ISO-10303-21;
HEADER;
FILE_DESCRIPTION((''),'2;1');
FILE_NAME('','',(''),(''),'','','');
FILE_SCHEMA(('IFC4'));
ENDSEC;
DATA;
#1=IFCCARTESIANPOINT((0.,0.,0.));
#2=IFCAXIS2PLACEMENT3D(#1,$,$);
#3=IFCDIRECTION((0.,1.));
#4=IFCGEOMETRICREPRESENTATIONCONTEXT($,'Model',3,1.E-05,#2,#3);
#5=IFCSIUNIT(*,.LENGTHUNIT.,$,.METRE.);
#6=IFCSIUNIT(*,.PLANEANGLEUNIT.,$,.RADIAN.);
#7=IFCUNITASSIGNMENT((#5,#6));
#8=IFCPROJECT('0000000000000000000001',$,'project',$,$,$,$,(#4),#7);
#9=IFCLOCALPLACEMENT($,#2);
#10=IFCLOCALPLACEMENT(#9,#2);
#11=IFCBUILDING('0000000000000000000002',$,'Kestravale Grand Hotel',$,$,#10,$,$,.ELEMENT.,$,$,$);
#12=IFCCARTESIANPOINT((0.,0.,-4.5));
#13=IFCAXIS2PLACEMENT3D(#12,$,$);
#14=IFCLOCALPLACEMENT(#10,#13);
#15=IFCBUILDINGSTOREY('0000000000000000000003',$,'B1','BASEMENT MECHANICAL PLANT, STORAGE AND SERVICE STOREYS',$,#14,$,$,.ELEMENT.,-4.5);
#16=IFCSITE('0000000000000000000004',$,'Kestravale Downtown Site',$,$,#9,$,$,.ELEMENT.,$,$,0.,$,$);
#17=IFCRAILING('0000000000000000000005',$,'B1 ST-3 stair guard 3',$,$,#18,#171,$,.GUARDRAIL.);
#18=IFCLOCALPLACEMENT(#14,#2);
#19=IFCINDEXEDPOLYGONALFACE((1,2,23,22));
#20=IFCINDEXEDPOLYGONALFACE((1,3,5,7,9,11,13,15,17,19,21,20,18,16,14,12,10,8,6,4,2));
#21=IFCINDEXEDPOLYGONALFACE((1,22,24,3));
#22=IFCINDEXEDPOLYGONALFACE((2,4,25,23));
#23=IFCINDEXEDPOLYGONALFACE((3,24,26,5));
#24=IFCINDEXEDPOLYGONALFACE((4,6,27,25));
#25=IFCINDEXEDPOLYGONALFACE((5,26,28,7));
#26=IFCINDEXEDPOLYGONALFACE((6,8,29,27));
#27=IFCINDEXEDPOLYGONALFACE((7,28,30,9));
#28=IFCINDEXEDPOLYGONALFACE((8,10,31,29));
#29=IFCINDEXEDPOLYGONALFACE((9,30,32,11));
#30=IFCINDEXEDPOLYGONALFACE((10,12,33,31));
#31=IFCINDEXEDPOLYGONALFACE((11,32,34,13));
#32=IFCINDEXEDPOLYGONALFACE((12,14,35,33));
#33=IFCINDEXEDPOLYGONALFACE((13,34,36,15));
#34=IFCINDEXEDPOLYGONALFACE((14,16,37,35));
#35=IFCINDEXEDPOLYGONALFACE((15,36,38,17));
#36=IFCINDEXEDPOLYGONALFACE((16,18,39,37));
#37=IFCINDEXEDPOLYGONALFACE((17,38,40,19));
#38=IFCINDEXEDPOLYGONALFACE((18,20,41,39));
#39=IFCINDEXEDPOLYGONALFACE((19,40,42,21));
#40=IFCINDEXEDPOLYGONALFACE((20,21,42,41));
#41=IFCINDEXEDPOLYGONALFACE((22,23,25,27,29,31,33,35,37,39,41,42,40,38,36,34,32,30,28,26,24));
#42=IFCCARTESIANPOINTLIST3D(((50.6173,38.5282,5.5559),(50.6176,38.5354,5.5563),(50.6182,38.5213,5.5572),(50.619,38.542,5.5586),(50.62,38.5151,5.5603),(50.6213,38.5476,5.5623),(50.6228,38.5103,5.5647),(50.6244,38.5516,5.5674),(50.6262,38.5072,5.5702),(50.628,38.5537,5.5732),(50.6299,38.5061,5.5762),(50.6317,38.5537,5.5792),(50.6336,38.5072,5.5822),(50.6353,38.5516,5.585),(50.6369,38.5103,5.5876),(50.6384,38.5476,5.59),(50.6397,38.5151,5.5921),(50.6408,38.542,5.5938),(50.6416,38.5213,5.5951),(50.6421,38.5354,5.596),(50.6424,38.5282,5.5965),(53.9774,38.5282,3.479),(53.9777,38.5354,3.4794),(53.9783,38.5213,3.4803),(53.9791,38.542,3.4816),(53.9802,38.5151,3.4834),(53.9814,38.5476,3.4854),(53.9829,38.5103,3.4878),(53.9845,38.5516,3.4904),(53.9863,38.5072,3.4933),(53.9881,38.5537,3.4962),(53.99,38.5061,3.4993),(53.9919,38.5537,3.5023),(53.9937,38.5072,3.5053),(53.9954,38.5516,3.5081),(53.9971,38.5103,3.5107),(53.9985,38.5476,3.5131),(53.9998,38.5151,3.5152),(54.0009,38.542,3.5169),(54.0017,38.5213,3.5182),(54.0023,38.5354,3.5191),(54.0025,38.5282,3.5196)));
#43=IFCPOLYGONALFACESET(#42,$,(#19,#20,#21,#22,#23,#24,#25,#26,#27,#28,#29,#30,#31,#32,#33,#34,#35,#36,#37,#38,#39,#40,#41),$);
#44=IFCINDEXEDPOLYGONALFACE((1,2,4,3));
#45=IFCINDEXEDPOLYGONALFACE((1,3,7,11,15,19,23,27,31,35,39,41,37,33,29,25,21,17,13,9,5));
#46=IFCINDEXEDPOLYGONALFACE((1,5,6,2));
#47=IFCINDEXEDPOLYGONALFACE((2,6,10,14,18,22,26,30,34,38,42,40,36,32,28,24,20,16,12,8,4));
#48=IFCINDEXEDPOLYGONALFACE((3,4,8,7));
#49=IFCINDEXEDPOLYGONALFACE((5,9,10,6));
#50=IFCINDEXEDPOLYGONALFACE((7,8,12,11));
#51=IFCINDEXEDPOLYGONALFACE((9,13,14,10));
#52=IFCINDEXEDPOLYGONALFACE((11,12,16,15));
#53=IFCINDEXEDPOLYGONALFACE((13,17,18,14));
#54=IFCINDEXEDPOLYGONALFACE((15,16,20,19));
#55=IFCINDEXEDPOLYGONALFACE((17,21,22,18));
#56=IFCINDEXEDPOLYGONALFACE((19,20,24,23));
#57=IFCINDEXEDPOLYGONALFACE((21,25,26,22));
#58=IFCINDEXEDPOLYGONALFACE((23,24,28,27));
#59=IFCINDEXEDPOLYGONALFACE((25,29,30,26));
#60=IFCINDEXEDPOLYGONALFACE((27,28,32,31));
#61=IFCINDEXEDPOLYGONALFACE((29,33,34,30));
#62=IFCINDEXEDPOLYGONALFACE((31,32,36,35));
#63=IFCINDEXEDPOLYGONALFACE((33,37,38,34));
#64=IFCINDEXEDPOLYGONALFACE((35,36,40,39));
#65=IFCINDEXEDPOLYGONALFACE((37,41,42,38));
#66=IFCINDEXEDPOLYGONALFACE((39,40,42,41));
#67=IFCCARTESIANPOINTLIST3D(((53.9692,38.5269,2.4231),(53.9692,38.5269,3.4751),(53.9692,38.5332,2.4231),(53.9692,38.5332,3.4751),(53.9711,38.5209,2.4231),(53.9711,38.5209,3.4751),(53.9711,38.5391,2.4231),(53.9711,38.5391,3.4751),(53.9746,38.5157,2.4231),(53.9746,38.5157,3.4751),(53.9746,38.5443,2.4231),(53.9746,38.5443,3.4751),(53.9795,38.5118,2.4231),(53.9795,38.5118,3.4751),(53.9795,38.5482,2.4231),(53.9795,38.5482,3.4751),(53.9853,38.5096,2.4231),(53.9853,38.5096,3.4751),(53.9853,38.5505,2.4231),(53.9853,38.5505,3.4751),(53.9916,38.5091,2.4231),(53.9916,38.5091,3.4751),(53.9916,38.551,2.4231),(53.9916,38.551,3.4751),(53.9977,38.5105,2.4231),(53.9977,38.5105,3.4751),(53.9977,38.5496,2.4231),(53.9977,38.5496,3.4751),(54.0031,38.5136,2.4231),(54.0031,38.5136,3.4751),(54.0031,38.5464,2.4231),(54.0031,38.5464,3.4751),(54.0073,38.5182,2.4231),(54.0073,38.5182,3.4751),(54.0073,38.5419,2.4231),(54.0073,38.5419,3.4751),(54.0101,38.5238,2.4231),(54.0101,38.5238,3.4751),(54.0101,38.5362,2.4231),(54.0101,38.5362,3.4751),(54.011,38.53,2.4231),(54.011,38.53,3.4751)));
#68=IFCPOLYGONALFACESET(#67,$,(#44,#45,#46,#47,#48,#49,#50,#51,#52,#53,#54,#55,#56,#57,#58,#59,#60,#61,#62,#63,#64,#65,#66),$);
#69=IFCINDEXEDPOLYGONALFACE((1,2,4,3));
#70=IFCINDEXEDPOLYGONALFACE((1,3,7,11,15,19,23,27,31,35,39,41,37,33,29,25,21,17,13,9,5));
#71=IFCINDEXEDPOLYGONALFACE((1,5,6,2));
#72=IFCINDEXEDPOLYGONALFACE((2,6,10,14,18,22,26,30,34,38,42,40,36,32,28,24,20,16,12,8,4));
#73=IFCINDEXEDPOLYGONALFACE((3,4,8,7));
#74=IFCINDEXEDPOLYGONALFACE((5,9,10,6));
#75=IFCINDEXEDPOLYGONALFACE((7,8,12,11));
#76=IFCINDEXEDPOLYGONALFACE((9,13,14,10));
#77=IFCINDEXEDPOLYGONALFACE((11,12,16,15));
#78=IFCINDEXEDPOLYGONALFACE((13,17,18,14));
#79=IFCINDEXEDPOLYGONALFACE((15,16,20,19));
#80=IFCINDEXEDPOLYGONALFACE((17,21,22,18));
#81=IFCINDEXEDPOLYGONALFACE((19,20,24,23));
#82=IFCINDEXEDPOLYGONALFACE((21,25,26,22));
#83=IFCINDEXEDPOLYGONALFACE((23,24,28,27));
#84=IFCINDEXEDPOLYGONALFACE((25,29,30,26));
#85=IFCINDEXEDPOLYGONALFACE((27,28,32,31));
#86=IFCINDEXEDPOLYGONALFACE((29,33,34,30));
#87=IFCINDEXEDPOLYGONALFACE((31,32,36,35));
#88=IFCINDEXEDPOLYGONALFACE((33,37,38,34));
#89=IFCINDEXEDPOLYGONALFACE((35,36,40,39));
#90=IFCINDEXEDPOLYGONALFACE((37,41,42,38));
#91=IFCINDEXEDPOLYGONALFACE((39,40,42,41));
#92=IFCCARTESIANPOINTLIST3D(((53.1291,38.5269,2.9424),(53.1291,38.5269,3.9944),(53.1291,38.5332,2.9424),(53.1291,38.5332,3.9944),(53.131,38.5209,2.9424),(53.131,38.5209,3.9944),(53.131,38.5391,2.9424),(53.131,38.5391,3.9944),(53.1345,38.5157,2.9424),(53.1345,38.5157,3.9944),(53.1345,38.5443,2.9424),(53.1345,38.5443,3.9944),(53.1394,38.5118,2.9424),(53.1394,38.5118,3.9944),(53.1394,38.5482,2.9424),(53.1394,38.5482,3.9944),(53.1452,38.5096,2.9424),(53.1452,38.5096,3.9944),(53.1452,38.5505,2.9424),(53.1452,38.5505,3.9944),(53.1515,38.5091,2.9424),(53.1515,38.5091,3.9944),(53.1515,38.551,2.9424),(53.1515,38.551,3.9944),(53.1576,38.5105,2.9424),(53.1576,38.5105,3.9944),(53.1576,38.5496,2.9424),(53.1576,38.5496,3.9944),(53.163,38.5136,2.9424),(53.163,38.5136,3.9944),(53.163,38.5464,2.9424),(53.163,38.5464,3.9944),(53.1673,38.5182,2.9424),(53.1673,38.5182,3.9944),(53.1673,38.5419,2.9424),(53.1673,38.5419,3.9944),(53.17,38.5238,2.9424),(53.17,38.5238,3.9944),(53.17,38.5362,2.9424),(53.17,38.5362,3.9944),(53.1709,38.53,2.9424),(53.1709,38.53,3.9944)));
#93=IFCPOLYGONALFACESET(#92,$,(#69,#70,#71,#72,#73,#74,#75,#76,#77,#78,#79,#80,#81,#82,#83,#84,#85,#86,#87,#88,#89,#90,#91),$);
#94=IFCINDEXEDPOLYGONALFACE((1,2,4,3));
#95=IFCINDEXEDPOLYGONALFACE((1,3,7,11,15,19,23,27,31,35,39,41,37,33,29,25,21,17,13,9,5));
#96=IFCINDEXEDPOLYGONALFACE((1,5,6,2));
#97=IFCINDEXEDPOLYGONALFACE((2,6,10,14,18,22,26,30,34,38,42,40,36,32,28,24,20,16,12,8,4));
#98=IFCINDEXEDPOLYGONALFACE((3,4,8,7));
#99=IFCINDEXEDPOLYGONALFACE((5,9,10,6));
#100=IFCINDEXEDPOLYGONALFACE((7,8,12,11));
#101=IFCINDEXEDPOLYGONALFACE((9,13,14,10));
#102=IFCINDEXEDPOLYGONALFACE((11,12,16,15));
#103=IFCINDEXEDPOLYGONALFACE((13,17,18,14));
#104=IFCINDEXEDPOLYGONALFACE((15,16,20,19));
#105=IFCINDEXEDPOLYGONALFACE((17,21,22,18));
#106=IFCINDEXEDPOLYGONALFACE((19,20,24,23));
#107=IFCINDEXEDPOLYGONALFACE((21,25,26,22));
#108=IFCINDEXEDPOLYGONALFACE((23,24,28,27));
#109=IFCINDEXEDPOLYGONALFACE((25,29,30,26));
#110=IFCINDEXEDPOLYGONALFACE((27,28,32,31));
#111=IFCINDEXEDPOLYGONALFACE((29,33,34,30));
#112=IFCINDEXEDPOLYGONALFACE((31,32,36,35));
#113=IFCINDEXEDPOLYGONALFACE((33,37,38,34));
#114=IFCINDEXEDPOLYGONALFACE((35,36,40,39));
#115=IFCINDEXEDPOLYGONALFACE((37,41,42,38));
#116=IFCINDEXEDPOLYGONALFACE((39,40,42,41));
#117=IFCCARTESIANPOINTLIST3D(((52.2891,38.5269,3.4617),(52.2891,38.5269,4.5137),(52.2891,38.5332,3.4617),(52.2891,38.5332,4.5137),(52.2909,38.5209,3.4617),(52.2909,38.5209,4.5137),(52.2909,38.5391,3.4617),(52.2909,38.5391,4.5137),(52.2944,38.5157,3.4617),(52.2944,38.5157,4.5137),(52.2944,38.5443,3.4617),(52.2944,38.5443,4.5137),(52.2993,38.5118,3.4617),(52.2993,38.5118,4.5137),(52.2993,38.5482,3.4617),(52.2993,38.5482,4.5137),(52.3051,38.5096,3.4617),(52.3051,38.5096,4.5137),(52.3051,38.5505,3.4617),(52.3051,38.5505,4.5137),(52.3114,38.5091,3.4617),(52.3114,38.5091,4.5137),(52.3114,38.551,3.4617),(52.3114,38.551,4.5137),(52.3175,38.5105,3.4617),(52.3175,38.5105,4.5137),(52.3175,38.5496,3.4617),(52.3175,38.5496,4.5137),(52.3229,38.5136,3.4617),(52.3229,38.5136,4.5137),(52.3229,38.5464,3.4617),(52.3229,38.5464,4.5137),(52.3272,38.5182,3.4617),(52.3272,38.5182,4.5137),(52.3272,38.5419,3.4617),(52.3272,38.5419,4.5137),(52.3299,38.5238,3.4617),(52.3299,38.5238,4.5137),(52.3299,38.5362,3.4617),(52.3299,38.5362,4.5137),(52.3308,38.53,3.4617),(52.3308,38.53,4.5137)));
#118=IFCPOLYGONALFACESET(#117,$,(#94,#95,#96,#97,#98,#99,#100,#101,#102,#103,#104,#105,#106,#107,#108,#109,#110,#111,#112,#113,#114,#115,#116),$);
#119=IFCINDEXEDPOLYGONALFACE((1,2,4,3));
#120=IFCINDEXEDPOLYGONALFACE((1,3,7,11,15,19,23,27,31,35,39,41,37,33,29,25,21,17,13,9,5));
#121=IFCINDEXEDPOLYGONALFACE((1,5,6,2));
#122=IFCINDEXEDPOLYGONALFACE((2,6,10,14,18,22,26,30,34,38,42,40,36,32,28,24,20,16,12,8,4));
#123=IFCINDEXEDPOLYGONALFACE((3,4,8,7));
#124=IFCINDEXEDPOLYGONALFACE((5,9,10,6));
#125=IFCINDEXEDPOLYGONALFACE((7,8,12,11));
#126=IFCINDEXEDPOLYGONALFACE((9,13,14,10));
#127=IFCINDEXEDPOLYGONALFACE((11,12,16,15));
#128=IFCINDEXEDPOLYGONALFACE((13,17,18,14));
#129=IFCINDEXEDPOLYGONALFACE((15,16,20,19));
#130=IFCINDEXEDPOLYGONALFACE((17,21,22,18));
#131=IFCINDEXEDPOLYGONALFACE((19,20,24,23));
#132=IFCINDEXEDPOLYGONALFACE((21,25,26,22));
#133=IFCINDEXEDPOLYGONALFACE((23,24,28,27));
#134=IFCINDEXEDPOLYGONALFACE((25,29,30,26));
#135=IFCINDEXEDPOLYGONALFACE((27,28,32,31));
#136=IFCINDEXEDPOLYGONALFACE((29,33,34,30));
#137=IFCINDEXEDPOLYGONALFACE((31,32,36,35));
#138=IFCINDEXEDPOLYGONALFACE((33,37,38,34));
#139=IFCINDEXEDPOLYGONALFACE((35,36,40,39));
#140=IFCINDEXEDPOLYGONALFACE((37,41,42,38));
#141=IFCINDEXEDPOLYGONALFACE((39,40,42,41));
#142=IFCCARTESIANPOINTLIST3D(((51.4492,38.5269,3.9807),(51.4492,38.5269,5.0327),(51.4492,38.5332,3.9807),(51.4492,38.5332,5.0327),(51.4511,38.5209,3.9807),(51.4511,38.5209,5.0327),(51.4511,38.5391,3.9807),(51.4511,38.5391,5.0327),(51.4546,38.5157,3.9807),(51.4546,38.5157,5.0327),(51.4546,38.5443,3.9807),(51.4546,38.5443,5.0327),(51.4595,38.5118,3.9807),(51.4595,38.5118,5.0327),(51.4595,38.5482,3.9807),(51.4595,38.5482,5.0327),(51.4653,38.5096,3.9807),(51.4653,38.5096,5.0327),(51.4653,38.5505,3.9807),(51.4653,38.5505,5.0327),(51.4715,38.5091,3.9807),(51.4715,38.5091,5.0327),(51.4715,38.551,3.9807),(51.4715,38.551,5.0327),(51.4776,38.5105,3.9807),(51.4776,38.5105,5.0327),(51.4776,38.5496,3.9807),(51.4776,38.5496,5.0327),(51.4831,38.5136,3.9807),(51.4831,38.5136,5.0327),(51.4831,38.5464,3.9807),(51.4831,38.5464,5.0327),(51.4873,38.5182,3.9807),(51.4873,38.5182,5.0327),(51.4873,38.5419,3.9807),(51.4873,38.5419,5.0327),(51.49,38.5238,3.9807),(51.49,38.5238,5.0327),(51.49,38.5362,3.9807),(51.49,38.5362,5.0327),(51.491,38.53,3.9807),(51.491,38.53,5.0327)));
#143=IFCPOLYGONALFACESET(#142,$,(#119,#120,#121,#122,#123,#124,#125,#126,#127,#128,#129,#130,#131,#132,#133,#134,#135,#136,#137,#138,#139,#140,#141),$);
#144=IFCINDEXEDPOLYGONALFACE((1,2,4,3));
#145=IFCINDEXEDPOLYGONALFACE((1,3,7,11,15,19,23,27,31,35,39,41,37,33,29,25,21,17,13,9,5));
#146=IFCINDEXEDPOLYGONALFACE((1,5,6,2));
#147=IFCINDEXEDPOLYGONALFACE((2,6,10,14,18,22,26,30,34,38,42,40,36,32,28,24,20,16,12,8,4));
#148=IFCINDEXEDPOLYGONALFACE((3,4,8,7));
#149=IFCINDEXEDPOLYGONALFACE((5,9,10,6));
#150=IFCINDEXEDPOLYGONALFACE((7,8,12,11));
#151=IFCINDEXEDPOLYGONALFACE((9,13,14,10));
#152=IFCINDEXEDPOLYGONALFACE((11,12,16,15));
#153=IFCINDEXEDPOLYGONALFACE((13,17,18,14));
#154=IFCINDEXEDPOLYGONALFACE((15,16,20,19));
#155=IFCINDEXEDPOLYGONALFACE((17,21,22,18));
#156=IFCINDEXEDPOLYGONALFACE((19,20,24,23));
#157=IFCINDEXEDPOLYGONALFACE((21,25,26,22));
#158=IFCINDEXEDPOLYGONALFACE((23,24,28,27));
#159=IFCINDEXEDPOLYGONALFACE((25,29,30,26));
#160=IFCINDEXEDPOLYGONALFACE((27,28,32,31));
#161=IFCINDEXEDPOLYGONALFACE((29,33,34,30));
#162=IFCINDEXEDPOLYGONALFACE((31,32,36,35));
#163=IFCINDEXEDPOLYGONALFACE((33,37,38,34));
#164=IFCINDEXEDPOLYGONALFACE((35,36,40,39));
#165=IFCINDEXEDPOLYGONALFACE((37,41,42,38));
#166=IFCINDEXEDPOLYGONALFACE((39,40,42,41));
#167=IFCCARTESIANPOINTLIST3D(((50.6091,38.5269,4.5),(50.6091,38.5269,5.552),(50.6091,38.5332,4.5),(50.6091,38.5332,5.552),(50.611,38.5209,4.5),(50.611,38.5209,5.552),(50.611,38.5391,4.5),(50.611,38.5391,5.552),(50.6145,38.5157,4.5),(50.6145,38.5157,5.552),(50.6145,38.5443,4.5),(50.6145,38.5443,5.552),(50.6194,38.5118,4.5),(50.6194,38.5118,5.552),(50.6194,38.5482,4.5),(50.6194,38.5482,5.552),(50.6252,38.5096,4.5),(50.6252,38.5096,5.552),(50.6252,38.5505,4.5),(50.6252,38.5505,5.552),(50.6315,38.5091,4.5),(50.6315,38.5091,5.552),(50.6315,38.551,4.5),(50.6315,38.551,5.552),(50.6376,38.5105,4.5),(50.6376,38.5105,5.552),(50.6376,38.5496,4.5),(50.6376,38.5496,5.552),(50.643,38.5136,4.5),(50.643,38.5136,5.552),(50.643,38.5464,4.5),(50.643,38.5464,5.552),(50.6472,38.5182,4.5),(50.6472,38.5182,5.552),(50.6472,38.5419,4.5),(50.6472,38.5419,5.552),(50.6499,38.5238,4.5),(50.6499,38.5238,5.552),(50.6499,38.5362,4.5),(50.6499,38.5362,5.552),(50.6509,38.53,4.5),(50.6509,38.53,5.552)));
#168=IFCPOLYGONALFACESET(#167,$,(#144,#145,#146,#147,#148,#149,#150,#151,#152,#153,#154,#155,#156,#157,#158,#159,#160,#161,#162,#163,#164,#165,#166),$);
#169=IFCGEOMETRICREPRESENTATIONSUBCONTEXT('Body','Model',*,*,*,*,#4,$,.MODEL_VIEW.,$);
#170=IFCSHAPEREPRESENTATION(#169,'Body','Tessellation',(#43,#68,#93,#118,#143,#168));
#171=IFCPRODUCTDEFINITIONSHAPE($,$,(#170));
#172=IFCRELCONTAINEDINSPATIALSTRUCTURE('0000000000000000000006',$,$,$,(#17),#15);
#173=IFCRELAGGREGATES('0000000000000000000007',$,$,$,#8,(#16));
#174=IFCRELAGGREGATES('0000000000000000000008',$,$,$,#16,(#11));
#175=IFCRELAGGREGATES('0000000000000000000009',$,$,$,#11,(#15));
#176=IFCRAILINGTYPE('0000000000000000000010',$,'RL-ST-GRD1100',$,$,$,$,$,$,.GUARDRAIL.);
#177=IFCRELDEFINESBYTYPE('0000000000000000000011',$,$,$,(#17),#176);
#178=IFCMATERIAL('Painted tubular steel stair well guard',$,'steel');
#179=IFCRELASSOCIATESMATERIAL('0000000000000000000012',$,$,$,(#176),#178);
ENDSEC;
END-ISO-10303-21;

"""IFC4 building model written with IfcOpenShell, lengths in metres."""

from ifc_helpers import new_model, si_unit, direction, frame, origin, origin_2d, place, context, subcontext, project, spatial, circle, extrude, material, type_object, element, save


model = new_model("IFC4")

# Units and contexts
model_context = context("Model", 3, precision=1e-05, world=origin(), true_north=direction((0.0, 1.0)))
body_context = subcontext(model_context, "Body", "Model", "MODEL_VIEW")
ifc_project = project(units=[si_unit("LENGTHUNIT", "METRE"), si_unit("PLANEANGLEUNIT", "RADIAN")], contexts=[model_context])

# Site, building, storey
site_placement = place(None, origin())
site = spatial("IfcSite", under=ifc_project, at=site_placement, Name="Kestravale Downtown Site", CompositionType="ELEMENT", RefElevation=0.0)
building_placement = place(site_placement, origin())
building = spatial("IfcBuilding", under=site, at=building_placement, Name="Kestravale Grand Hotel", CompositionType="ELEMENT")
storey_placement = place(building_placement, frame((0.0, 0.0, -4.5)))
storey = spatial("IfcBuildingStorey", under=building, at=storey_placement, Name="B1", Description="BASEMENT MECHANICAL PLANT, STORAGE AND SERVICE STOREYS", CompositionType="ELEMENT", Elevation=-4.5)

# Railing
ifc_material_1 = material(Name="Painted tubular steel stair well guard", Category="steel")
railing_type_1 = type_object("IfcRailingType", Name="RL-ST-GRD1100", PredefinedType="GUARDRAIL", material=ifc_material_1)
railing_1_placement = place(storey_placement, frame((53.99, 38.53, 2.4231)))
element("IfcRailing", 1, at=railing_1_placement, inside=storey, type_object=railing_type_1, Name="B1 ST-3 stair guard 3", PredefinedType="GUARDRAIL", context=body_context, shape_type="SweptSolid", body=[
    extrude(circle(Radius=0.0239, at=origin_2d()), frame((0.0, 0.0, 1.0762), z_axis=(-0.850623, 0.0, 0.525776), x_axis=(0.0, -1.0, 0.0)), (0.0, 0.0, 1.0), 3.9502),
    extrude(circle(Radius=0.021, at=origin_2d()), origin(), (0.0, 0.0, 1.0), 1.052),
    extrude(circle(Radius=0.021, at=origin_2d()), frame((-0.8401, 0.0, 0.5193)), (0.0, 0.0, 1.0), 1.052),
    extrude(circle(Radius=0.021, at=origin_2d()), frame((-1.6802, 0.0, 1.0386)), (0.0, 0.0, 1.0), 1.052),
    extrude(circle(Radius=0.021, at=origin_2d()), frame((-2.52, 0.0, 1.5576)), (0.0, 0.0, 1.0), 1.052),
    extrude(circle(Radius=0.021, at=origin_2d()), frame((-3.3601, 0.0, 2.0769)), (0.0, 0.0, 1.0), 1.052),
])

save(model, "model.ifc")
